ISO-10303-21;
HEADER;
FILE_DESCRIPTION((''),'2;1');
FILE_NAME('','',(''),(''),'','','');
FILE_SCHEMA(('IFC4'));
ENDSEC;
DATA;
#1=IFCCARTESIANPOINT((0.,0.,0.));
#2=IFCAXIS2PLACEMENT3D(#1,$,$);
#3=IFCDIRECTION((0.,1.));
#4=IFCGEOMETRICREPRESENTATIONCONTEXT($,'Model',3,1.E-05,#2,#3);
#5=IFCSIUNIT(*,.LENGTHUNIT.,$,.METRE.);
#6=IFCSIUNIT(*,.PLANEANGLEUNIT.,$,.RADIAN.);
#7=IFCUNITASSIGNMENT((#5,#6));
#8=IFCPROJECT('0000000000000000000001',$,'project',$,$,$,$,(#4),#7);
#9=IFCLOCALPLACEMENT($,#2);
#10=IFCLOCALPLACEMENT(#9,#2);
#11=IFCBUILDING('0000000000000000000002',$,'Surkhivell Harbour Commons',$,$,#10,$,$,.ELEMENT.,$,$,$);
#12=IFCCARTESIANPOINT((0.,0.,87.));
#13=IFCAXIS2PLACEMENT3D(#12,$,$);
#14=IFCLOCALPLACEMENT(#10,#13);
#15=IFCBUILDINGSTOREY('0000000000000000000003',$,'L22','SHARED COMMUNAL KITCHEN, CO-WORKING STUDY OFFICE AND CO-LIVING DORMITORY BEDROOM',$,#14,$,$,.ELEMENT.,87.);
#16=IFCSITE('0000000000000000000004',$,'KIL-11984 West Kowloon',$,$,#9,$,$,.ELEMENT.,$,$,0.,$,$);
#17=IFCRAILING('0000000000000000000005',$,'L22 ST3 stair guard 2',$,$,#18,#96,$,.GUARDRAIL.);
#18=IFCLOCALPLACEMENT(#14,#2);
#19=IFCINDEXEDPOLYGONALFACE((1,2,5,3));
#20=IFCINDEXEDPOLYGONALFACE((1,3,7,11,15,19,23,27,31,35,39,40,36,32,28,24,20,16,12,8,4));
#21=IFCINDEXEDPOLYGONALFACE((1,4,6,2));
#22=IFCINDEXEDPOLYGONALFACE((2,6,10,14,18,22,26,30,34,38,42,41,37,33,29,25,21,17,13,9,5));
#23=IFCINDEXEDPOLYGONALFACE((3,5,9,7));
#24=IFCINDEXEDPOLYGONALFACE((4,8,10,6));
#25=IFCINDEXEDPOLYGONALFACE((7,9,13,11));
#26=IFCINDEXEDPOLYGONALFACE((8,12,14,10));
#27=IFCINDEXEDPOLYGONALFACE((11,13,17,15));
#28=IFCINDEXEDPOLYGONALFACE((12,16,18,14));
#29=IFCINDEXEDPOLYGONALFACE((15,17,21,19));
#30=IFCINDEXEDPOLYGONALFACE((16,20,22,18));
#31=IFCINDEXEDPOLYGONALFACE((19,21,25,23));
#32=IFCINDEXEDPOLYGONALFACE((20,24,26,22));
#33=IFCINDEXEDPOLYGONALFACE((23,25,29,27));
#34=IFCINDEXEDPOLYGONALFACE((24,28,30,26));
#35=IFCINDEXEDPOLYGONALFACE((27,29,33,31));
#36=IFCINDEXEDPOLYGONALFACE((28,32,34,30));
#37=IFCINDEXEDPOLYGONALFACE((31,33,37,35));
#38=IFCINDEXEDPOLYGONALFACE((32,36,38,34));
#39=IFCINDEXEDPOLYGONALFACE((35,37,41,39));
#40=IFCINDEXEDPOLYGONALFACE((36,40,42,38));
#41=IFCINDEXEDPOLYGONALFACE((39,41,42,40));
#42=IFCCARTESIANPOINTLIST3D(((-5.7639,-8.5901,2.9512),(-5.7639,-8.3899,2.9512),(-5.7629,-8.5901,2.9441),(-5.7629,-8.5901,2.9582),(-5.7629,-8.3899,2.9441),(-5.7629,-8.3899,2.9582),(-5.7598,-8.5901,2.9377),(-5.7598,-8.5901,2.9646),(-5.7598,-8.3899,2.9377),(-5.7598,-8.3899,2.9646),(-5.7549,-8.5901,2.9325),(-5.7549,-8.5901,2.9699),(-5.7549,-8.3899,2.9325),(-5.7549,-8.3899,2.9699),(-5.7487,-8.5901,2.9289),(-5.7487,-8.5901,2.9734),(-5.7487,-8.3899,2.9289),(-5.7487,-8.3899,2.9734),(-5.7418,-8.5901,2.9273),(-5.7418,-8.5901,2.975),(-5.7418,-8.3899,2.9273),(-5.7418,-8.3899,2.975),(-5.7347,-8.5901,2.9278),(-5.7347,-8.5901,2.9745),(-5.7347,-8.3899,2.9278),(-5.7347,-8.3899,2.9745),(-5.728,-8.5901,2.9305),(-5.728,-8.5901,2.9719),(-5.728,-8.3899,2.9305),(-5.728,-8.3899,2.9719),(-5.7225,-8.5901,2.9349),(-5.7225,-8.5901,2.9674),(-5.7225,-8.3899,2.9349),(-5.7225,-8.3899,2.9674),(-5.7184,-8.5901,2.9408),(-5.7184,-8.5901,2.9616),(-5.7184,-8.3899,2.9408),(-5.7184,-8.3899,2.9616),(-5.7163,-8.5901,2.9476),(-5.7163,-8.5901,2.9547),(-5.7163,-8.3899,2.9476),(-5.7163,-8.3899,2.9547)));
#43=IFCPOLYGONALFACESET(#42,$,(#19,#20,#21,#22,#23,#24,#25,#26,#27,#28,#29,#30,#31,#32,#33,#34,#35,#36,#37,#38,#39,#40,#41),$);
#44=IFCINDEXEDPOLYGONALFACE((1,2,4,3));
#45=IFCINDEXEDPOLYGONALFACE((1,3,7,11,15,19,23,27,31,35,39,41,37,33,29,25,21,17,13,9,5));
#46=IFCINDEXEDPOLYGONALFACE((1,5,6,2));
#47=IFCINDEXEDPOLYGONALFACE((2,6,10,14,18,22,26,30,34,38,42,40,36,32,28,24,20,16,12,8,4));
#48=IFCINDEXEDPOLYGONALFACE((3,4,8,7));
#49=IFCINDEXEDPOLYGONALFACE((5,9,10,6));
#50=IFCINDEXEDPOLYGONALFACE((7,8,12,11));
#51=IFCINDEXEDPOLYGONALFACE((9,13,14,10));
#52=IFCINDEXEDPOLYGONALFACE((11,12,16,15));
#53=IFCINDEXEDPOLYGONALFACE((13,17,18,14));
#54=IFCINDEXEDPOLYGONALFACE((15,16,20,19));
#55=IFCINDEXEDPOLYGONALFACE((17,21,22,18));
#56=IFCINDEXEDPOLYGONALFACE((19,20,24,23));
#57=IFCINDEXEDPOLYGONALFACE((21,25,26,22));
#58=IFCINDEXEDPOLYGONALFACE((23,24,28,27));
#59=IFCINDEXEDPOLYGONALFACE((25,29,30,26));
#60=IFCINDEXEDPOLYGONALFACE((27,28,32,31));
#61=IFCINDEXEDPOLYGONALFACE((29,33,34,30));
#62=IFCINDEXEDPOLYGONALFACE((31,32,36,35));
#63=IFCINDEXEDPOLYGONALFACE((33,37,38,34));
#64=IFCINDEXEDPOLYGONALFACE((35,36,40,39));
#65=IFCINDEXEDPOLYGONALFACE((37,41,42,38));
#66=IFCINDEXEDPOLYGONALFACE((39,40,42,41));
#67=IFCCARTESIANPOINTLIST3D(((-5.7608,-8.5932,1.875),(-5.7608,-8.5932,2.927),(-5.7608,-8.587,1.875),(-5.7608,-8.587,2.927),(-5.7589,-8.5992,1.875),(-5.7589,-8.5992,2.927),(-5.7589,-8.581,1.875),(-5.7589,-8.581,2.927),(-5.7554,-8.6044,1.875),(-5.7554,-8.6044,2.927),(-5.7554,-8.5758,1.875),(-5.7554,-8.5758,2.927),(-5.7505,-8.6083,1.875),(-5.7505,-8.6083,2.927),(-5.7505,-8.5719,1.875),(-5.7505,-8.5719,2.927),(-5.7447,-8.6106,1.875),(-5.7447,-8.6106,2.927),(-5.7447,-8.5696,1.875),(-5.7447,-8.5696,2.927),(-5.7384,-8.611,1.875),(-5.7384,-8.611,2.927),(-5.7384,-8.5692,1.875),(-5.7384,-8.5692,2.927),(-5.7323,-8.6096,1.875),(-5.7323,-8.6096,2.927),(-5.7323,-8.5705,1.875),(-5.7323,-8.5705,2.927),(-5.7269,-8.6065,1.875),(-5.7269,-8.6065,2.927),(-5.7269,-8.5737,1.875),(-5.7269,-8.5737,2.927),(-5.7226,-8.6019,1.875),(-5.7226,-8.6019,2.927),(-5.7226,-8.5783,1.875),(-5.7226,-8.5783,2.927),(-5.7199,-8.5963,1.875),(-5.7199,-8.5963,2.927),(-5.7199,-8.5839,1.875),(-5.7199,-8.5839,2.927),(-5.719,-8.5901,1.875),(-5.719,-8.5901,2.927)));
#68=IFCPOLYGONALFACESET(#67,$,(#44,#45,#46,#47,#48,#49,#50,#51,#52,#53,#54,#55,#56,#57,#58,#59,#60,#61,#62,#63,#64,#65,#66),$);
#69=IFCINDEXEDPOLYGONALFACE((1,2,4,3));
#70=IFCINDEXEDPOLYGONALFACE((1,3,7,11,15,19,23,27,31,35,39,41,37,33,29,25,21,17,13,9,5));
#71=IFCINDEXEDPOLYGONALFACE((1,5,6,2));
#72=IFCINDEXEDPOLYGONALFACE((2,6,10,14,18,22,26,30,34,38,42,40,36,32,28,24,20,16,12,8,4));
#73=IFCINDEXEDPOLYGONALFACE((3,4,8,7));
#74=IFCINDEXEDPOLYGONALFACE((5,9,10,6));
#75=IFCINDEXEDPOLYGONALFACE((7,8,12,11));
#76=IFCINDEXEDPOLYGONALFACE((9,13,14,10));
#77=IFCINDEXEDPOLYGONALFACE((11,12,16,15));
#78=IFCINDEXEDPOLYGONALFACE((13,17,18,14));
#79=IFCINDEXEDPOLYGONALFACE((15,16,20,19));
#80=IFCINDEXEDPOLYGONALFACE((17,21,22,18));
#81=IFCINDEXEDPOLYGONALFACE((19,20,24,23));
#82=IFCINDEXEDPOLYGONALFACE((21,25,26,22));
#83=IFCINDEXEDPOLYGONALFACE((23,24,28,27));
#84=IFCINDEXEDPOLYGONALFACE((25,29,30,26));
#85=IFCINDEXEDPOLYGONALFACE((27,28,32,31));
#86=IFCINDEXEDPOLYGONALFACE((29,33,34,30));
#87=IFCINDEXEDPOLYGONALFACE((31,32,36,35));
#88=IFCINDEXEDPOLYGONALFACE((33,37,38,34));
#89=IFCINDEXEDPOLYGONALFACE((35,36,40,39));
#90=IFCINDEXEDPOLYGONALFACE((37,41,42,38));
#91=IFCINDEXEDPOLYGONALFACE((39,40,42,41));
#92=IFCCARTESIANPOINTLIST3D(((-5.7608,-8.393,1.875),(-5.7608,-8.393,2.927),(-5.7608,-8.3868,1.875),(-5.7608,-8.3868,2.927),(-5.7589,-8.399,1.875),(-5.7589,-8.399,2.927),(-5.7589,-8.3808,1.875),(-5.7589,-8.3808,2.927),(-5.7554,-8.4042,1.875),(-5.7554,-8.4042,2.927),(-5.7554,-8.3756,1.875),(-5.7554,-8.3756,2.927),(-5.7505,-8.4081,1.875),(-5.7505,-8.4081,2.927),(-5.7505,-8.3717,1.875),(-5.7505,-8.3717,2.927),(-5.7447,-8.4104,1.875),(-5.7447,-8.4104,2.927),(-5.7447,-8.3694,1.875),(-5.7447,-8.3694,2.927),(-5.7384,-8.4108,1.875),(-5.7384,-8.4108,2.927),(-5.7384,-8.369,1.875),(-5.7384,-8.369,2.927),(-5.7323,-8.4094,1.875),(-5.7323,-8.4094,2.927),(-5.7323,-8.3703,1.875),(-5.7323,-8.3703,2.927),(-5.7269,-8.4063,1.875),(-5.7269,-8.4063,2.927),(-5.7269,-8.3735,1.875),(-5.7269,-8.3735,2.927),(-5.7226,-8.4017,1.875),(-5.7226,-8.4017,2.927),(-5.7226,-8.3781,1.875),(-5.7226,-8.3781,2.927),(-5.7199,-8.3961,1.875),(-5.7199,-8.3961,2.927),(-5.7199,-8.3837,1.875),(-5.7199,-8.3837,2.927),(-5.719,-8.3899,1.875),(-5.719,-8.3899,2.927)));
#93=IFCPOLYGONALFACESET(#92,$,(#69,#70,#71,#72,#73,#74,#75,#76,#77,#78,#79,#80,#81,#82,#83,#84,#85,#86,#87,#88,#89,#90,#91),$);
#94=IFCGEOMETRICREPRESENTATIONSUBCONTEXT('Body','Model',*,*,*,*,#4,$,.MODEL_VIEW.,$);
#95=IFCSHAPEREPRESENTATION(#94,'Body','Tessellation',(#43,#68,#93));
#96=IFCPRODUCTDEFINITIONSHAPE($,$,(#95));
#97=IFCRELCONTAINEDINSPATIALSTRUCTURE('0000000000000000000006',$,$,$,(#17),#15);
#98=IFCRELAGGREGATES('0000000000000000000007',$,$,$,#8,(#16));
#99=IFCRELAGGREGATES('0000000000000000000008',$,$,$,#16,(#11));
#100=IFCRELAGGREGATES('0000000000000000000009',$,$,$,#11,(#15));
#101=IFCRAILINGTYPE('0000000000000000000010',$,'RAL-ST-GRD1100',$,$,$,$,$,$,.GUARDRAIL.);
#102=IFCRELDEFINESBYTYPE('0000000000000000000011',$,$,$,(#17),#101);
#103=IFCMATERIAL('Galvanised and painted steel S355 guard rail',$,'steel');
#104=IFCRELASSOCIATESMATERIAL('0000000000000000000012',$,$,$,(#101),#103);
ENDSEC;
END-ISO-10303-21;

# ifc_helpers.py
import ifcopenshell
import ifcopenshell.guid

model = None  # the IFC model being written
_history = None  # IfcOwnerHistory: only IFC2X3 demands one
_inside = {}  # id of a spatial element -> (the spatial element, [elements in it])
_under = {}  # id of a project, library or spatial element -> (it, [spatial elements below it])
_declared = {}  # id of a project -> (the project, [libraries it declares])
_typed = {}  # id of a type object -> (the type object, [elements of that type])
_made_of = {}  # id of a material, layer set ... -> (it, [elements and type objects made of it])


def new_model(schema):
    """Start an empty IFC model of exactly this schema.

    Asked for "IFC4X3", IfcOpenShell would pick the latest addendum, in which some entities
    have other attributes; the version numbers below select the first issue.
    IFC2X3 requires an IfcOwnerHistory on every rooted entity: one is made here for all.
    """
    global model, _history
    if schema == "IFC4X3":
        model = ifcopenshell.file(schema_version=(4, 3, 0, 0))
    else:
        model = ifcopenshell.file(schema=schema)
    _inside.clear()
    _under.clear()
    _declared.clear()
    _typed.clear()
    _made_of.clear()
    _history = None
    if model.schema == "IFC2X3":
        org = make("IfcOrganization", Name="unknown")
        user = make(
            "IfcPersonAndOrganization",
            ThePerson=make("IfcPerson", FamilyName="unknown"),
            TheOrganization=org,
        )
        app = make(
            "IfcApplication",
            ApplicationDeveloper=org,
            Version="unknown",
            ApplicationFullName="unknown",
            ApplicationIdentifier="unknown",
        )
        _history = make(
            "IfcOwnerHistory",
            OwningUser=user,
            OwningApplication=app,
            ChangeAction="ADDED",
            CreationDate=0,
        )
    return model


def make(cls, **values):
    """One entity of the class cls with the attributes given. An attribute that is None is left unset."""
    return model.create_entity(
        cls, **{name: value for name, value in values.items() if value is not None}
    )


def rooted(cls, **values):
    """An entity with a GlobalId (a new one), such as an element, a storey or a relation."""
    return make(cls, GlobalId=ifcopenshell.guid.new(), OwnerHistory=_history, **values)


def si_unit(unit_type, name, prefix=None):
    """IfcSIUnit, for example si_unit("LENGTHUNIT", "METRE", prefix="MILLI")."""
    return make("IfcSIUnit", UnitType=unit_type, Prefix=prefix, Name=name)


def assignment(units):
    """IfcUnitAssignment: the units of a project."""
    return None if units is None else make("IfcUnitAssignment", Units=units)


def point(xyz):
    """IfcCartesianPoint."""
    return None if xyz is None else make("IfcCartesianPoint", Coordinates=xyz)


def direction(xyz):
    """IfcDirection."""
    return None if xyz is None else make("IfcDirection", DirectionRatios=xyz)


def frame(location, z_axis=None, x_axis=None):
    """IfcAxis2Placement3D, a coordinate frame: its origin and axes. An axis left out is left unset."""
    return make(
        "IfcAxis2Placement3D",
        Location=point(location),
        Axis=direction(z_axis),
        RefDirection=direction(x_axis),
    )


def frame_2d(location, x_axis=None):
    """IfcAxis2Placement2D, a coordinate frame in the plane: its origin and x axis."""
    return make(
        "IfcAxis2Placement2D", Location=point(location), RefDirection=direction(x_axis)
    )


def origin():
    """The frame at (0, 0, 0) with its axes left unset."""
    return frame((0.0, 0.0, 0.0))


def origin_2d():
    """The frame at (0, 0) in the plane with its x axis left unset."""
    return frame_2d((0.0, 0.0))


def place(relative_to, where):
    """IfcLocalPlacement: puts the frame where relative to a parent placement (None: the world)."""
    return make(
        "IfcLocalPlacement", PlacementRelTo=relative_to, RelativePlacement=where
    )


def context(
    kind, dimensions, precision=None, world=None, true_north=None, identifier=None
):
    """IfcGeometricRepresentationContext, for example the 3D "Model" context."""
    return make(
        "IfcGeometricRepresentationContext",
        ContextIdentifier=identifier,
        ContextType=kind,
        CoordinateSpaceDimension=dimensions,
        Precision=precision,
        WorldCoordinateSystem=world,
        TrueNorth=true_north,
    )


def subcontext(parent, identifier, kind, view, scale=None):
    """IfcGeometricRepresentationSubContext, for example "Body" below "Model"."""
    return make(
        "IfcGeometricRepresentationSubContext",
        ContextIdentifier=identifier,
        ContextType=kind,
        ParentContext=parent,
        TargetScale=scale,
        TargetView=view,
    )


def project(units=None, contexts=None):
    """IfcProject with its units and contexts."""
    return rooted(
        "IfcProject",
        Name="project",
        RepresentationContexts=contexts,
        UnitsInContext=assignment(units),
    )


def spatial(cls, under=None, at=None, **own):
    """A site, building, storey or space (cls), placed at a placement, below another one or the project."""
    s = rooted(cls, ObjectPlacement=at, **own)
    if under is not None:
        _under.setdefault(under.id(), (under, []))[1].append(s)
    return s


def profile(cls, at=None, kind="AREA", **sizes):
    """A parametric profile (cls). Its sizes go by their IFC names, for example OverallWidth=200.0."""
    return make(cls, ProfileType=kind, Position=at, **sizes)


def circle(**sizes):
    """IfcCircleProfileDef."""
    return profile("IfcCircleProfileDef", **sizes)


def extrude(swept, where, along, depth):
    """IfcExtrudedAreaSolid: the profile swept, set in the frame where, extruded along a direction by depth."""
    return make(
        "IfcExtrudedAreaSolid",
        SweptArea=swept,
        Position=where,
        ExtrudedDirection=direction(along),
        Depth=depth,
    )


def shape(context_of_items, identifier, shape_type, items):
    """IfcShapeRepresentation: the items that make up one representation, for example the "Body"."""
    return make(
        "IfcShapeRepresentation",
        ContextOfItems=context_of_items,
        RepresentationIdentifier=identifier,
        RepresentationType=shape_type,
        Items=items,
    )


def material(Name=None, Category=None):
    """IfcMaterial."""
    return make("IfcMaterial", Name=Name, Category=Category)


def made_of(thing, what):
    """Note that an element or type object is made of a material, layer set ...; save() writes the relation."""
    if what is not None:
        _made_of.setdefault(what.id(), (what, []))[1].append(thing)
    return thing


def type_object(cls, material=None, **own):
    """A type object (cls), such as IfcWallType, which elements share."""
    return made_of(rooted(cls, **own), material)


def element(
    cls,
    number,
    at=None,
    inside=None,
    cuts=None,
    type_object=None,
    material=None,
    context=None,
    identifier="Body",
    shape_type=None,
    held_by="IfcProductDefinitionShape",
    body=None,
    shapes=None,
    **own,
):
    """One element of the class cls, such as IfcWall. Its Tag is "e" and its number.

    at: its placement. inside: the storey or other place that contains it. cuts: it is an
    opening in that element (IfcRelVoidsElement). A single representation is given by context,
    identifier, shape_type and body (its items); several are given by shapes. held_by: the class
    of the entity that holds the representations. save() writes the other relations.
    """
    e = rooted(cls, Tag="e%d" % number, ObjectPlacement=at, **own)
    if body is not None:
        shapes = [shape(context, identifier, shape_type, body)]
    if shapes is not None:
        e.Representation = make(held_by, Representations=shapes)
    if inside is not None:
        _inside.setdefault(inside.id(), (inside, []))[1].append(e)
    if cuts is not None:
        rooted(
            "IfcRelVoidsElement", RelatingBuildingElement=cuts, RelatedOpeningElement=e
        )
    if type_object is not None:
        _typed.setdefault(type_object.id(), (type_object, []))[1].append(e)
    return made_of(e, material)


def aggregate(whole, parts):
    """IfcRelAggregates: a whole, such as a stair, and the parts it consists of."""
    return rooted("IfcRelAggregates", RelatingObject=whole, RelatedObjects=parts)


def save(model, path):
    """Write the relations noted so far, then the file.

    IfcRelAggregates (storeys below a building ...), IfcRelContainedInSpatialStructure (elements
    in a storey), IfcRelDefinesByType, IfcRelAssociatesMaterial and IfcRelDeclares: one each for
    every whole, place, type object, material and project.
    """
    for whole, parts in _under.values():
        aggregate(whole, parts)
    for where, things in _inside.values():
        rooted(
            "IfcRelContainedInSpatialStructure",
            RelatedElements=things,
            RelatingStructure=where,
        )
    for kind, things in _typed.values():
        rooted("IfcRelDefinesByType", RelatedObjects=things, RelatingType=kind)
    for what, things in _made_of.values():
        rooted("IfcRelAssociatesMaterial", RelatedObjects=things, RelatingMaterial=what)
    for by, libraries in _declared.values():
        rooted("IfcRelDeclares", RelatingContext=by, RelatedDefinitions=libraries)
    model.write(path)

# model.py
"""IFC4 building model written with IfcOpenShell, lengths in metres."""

from ifc_helpers import new_model, si_unit, direction, frame, origin, origin_2d, place, context, subcontext, project, spatial, circle, extrude, material, type_object, element, save


model = new_model("IFC4")

# Units and contexts
model_context = context("Model", 3, precision=1e-05, world=origin(), true_north=direction((0.0, 1.0)))
body_context = subcontext(model_context, "Body", "Model", "MODEL_VIEW")
ifc_project = project(units=[si_unit("LENGTHUNIT", "METRE"), si_unit("PLANEANGLEUNIT", "RADIAN")], contexts=[model_context])

# Site, building, storey
site_placement = place(None, origin())
site = spatial("IfcSite", under=ifc_project, at=site_placement, Name="KIL-11984 West Kowloon", CompositionType="ELEMENT", RefElevation=0.0)
building_placement = place(site_placement, origin())
building = spatial("IfcBuilding", under=site, at=building_placement, Name="Surkhivell Harbour Commons", CompositionType="ELEMENT")
storey_placement = place(building_placement, frame((0.0, 0.0, 87.0)))
storey = spatial("IfcBuildingStorey", under=building, at=storey_placement, Name="L22", Description="SHARED COMMUNAL KITCHEN, CO-WORKING STUDY OFFICE AND CO-LIVING DORMITORY BEDROOM", CompositionType="ELEMENT", Elevation=87.0)

# Railing
ifc_material_1 = material(Name="Galvanised and painted steel S355 guard rail", Category="steel")
railing_type_1 = type_object("IfcRailingType", Name="RAL-ST-GRD1100", PredefinedType="GUARDRAIL", material=ifc_material_1)
railing_1_placement = place(storey_placement, frame((-5.74, -8.5901, 1.875)))
element("IfcRailing", 1, at=railing_1_placement, inside=storey, type_object=railing_type_1, Name="L22 ST3 stair guard 2", PredefinedType="GUARDRAIL", context=body_context, shape_type="SweptSolid", body=[
    extrude(circle(Radius=0.0239, at=origin_2d()), frame((0.0, 0.0, 1.0762), z_axis=(0.0, 1.0, 0.0), x_axis=(-1.0, 0.0, 0.0)), (0.0, 0.0, 1.0), 0.2002),
    extrude(circle(Radius=0.021, at=origin_2d()), origin(), (0.0, 0.0, 1.0), 1.052),
    extrude(circle(Radius=0.021, at=origin_2d()), frame((0.0, 0.2002, 0.0)), (0.0, 0.0, 1.0), 1.052),
])

save(model, "model.ifc")
